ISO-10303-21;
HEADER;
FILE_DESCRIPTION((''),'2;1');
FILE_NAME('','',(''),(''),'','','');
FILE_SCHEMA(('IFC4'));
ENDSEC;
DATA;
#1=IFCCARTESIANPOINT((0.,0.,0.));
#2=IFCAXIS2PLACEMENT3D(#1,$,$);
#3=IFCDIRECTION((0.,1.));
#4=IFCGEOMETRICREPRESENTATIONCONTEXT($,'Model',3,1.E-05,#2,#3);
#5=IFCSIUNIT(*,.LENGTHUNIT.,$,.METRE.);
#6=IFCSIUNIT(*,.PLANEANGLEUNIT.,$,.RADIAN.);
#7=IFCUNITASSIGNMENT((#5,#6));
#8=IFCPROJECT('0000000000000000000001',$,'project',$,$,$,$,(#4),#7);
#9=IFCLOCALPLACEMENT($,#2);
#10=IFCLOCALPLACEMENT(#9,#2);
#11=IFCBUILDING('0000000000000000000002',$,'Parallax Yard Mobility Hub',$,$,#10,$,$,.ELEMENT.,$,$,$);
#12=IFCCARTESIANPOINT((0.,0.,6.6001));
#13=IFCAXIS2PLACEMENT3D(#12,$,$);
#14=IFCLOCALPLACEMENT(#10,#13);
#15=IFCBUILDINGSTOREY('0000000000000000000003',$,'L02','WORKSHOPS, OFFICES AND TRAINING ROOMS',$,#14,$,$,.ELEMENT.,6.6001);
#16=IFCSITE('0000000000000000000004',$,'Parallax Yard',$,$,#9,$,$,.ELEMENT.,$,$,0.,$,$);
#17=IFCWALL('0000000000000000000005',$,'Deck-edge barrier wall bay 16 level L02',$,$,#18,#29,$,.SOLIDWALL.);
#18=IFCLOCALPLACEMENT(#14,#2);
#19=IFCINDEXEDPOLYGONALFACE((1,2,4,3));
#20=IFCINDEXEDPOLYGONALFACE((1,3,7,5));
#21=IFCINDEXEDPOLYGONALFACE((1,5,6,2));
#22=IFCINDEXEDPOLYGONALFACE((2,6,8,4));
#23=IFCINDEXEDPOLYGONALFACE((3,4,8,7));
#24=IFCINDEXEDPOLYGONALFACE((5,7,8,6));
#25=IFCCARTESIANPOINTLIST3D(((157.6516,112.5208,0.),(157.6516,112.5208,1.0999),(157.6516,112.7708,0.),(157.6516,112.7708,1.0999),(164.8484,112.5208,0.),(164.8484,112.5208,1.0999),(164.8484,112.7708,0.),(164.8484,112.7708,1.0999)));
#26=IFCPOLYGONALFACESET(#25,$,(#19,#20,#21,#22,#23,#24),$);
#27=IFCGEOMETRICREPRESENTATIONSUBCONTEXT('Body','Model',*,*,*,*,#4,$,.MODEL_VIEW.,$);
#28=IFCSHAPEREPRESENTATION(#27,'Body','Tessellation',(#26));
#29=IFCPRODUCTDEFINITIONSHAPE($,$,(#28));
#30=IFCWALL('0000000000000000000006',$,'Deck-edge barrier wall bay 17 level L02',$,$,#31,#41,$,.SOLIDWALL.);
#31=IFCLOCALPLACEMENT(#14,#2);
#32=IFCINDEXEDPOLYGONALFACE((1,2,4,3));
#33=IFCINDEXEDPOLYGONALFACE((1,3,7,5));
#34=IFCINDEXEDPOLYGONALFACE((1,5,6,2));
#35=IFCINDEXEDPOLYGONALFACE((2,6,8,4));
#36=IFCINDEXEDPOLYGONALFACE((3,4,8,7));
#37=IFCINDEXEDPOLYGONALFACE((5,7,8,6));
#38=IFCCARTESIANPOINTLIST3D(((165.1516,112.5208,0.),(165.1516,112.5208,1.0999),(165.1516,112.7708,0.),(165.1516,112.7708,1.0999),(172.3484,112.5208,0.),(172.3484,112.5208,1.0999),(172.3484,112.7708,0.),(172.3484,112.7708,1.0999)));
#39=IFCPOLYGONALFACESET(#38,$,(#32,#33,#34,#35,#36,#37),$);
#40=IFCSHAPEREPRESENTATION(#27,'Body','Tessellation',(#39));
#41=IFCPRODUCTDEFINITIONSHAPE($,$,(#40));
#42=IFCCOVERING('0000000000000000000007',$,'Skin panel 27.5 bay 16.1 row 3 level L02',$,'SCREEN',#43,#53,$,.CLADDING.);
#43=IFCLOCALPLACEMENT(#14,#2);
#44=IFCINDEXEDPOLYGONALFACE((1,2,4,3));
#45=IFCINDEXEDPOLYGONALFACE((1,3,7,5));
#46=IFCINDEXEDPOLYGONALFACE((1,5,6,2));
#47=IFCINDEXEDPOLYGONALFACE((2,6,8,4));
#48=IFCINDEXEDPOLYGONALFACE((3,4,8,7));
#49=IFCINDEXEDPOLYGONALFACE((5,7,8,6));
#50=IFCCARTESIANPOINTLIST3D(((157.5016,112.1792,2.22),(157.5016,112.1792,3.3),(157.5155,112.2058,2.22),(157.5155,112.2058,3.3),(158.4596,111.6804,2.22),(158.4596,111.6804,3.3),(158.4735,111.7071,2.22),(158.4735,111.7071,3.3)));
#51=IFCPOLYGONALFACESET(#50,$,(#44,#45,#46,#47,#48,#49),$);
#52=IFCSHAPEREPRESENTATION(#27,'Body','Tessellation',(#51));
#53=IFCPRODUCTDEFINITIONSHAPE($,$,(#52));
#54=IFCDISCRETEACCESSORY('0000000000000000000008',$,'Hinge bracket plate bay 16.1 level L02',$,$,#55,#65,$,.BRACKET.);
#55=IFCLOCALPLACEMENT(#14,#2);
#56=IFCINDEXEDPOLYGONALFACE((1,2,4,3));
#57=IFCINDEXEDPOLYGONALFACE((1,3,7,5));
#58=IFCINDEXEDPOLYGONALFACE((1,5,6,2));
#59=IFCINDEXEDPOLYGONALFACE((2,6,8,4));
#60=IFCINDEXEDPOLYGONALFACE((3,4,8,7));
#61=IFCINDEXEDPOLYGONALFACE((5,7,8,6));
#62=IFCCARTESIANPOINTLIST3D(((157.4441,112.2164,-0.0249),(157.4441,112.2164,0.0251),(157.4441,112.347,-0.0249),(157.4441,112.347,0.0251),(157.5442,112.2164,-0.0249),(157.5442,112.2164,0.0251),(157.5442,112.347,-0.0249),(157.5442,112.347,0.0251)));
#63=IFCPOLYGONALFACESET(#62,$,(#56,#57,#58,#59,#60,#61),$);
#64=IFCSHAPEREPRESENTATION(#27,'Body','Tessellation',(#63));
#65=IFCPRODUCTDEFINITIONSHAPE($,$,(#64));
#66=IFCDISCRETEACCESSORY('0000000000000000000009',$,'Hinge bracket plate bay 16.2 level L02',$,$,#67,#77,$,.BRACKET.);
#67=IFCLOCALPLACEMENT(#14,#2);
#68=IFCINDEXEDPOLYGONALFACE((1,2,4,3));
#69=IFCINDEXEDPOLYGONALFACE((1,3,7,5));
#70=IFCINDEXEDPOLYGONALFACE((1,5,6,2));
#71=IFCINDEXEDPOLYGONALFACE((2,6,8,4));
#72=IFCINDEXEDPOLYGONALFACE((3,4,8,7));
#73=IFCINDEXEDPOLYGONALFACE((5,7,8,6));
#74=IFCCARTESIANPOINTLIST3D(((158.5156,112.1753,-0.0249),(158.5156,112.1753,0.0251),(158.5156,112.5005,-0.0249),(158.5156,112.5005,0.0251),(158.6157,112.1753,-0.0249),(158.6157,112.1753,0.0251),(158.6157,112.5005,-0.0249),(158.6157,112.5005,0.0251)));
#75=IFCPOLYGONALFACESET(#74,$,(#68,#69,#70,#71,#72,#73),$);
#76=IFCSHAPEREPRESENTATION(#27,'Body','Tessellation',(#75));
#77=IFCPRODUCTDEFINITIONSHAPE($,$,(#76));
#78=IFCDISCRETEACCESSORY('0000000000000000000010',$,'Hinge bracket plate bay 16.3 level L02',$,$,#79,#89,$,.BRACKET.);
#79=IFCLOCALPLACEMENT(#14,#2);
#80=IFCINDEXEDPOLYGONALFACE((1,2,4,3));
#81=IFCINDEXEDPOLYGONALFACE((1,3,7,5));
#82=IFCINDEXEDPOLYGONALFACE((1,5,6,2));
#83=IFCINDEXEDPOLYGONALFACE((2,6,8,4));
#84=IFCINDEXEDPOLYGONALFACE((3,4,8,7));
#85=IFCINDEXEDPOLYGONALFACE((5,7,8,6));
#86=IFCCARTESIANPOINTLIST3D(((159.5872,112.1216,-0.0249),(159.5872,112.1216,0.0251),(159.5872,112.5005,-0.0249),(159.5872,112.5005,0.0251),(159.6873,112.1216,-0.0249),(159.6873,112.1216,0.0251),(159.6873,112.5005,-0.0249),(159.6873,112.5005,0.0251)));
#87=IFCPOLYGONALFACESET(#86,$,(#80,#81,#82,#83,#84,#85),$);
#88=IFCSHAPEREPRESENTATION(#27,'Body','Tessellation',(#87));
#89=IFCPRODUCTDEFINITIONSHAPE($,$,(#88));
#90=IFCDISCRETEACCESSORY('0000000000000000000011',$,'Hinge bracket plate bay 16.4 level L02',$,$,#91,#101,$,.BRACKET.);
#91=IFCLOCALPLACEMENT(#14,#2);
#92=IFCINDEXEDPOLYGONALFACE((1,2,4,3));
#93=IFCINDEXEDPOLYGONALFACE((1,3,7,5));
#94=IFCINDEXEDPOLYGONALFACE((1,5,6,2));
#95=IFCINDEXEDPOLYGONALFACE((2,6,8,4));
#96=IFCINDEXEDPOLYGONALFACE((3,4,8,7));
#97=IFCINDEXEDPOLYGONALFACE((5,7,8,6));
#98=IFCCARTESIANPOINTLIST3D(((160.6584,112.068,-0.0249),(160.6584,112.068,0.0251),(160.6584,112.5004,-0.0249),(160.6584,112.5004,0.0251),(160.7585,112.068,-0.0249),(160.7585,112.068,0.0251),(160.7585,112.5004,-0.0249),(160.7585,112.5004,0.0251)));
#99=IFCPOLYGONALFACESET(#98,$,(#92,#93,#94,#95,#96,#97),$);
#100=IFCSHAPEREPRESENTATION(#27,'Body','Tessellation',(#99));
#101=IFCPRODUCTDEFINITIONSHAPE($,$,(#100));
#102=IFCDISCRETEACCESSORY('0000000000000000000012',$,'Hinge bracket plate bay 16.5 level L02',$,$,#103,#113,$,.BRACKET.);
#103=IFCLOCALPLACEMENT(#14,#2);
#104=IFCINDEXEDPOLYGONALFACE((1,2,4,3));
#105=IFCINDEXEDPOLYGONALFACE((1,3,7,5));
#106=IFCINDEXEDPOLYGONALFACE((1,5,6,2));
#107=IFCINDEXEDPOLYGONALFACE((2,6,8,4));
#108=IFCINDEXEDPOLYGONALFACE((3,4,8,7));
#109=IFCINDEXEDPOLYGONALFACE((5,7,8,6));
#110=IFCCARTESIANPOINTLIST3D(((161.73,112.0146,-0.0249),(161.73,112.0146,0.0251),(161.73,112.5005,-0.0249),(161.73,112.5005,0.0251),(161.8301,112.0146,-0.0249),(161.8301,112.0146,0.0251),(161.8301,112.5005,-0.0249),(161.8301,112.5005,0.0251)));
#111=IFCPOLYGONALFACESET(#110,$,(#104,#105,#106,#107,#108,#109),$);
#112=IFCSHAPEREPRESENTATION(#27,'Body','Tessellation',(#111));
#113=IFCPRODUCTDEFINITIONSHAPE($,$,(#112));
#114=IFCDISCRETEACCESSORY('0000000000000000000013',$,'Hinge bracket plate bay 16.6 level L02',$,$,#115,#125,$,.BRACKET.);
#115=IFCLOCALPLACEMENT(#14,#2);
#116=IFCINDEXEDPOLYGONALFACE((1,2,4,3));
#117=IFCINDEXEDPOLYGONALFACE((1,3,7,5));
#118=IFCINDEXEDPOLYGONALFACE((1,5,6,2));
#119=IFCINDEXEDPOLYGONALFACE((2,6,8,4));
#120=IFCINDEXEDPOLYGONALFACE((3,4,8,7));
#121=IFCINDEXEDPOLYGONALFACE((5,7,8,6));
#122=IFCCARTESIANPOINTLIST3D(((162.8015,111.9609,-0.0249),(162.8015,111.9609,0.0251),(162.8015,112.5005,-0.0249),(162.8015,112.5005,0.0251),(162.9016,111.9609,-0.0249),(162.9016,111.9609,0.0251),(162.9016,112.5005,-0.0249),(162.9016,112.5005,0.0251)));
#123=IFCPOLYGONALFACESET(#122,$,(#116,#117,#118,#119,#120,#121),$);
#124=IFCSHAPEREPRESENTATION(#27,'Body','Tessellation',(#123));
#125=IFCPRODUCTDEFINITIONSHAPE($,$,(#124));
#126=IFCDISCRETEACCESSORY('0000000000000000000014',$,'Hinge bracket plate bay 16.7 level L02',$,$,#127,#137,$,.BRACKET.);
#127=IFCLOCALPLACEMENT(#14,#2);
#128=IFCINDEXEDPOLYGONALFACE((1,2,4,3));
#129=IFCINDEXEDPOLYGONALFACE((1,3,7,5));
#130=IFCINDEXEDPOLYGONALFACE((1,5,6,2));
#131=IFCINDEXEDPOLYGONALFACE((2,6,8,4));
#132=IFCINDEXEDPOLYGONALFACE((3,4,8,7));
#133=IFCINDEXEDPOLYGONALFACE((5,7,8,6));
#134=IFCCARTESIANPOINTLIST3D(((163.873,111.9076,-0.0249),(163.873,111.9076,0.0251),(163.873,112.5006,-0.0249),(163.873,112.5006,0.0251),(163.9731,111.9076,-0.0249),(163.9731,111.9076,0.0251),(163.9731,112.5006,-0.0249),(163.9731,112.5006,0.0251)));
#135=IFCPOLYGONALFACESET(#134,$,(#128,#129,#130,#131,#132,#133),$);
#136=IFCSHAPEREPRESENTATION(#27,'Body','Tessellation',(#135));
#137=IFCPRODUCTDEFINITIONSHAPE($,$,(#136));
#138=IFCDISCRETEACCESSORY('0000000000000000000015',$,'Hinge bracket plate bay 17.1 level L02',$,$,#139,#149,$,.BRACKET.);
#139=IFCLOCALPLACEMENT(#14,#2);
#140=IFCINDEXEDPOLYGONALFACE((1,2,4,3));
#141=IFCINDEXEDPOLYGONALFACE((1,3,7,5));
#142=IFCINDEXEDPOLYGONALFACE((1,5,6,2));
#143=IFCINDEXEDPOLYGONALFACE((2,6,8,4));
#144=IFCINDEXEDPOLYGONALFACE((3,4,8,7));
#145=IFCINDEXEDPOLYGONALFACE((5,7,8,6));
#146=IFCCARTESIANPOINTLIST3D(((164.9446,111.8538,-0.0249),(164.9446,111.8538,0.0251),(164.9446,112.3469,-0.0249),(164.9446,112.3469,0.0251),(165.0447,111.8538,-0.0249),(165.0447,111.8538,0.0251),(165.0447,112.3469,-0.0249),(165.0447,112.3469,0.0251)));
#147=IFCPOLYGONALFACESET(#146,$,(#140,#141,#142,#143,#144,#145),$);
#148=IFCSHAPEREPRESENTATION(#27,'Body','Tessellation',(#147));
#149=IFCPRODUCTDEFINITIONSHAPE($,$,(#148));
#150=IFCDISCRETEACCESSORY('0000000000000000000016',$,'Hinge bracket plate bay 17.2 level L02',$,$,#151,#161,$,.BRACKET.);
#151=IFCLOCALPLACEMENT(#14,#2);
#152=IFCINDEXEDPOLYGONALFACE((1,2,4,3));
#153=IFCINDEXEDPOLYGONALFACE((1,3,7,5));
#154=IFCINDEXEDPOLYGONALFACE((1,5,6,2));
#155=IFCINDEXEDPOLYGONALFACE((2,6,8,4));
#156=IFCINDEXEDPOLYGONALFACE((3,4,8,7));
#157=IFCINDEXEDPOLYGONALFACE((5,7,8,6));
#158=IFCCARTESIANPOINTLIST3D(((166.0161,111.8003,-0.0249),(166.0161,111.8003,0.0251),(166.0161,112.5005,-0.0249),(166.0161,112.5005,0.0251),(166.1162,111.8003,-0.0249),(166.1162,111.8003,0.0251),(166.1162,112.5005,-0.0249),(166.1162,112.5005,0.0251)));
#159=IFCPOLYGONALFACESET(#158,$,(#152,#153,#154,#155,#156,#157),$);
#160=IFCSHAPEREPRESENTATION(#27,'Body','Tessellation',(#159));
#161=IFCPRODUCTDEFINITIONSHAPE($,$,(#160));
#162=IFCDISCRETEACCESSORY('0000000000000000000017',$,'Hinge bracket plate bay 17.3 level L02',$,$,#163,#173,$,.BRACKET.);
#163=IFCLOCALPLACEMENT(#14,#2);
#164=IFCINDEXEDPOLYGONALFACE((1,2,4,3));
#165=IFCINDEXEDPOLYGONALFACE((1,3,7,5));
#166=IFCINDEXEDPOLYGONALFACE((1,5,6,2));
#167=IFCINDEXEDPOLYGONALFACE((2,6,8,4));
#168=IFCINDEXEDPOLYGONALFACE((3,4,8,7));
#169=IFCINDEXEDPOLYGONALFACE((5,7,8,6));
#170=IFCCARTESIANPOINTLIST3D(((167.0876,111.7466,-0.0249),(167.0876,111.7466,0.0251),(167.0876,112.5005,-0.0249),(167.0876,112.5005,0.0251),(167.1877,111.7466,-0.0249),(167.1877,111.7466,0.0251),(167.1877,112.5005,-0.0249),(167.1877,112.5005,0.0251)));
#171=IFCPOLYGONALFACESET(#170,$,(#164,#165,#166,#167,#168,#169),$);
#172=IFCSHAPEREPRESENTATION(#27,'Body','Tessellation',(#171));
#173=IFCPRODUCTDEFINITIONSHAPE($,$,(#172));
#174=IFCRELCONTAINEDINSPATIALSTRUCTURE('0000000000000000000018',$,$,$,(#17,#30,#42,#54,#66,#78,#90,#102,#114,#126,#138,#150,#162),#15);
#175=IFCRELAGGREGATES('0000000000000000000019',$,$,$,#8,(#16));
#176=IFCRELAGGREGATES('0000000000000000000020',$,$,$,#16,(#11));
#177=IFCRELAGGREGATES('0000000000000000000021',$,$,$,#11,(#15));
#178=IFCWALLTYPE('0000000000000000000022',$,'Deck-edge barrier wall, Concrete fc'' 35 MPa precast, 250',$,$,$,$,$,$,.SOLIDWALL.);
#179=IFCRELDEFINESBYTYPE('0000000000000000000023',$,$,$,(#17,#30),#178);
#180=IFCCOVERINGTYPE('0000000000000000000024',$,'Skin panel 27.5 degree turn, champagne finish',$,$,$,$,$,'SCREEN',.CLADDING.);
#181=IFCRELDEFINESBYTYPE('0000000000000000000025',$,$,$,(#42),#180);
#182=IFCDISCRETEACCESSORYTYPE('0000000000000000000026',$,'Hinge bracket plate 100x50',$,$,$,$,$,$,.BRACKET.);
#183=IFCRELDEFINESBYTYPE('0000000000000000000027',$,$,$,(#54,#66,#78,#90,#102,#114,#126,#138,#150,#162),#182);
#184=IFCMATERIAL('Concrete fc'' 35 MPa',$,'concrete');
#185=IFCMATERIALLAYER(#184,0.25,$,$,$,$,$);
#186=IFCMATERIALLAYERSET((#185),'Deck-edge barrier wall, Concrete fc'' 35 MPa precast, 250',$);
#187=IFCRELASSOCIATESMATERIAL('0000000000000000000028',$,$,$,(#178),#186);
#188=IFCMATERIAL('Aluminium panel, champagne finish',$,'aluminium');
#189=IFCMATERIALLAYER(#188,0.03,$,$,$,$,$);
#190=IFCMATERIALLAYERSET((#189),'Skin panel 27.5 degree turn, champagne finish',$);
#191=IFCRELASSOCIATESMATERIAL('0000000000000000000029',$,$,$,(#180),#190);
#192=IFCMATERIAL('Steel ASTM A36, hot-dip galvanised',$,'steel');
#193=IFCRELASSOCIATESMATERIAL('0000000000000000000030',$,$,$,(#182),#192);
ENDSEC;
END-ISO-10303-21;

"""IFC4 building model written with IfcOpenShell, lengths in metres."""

from ifc_helpers import new_model, si_unit, direction, frame, frame_2d, origin, origin_2d, place, context, subcontext, project, spatial, rectangle, extrude, material, layer, layer_set, type_object, element, save


model = new_model("IFC4")

# Units and contexts
model_context = context("Model", 3, precision=1e-05, world=origin(), true_north=direction((0.0, 1.0)))
body_context = subcontext(model_context, "Body", "Model", "MODEL_VIEW")
ifc_project = project(units=[si_unit("LENGTHUNIT", "METRE"), si_unit("PLANEANGLEUNIT", "RADIAN")], contexts=[model_context])

# Site, building, storey
site_placement = place(None, origin())
site = spatial("IfcSite", under=ifc_project, at=site_placement, Name="Parallax Yard", CompositionType="ELEMENT", RefElevation=0.0)
building_placement = place(site_placement, origin())
building = spatial("IfcBuilding", under=site, at=building_placement, Name="Parallax Yard Mobility Hub", CompositionType="ELEMENT")
storey_placement = place(building_placement, frame((0.0, 0.0, 6.6001)))
storey = spatial("IfcBuildingStorey", under=building, at=storey_placement, Name="L02", Description="WORKSHOPS, OFFICES AND TRAINING ROOMS", CompositionType="ELEMENT", Elevation=6.6001)

# Walls
ifc_material_1 = material(Name="Concrete fc' 35 MPa", Category="concrete")
ifc_layer_1 = layer(ifc_material_1, 0.25)
ifc_layer_set_1 = layer_set([ifc_layer_1], Name="Deck-edge barrier wall, Concrete fc' 35 MPa precast, 250")
wall_type = type_object("IfcWallType", Name="Deck-edge barrier wall, Concrete fc' 35 MPa precast, 250", PredefinedType="SOLIDWALL", material=ifc_layer_set_1)
for number, where, z_axis, x_axis, name in (
    (1, (157.6516, 112.6458, 0.0), (0.0, 0.0, 1.0), (1.0, 0.0, 0.0), "Deck-edge barrier wall bay 16 level L02"),
    (2, (165.1516, 112.6458, 0.0), (0.0, 0.0, 1.0), (1.0, 0.0, 0.0), "Deck-edge barrier wall bay 17 level L02"),
):
    element("IfcWall", number, at=place(storey_placement, frame(where, z_axis=z_axis, x_axis=x_axis)), inside=storey, type_object=wall_type, Name=name, PredefinedType="SOLIDWALL", context=body_context, shape_type="SweptSolid", body=[
        extrude(rectangle(XDim=7.1968, YDim=0.25, at=frame_2d((3.5984, 0.0))), origin(), (0.0, 0.0, 1.0), 1.0999),
    ])

# Covering
ifc_material_2 = material(Name="Aluminium panel, champagne finish", Category="aluminium")
ifc_layer_2 = layer(ifc_material_2, 0.03)
ifc_layer_set_2 = layer_set([ifc_layer_2], Name="Skin panel 27.5 degree turn, champagne finish")
covering_type = type_object("IfcCoveringType", Name="Skin panel 27.5 degree turn, champagne finish", ElementType="SCREEN", PredefinedType="CLADDING", material=ifc_layer_set_2)
covering_placement = place(storey_placement, frame((157.9875, 111.9431, 2.22), z_axis=(0.0, 0.0, 1.0), x_axis=(0.887011, -0.461749, 0.0)))
element("IfcCovering", 3, at=covering_placement, inside=storey, type_object=covering_type, Name="Skin panel 27.5 bay 16.1 row 3 level L02", ObjectType="SCREEN", PredefinedType="CLADDING", context=body_context, shape_type="SweptSolid", body=[
    extrude(rectangle(XDim=1.0801, YDim=0.03, at=origin_2d()), origin(), (0.0, 0.0, 1.0), 1.0801),
])

# Discrete accessories
ifc_material_3 = material(Name="Steel ASTM A36, hot-dip galvanised", Category="steel")
discrete_accessory_type_1 = type_object("IfcDiscreteAccessoryType", Name="Hinge bracket plate 100x50", PredefinedType="BRACKET", material=ifc_material_3)
discrete_accessory_1_placement = place(storey_placement, frame((157.4941, 112.2817, -0.0249), z_axis=(0.0, 0.0, 1.0), x_axis=(0.0, -1.0, 0.0)))
element("IfcDiscreteAccessory", 4, at=discrete_accessory_1_placement, inside=storey, type_object=discrete_accessory_type_1, Name="Hinge bracket plate bay 16.1 level L02", PredefinedType="BRACKET", context=body_context, shape_type="SweptSolid", body=[
    extrude(rectangle(XDim=0.1306, YDim=0.1001, at=origin_2d()), origin(), (0.0, 0.0, 1.0), 0.05),
])
discrete_accessory_2_placement = place(storey_placement, frame((158.5657, 112.3379, -0.0249), z_axis=(0.0, 0.0, 1.0), x_axis=(0.0, -1.0, 0.0)))
element("IfcDiscreteAccessory", 5, at=discrete_accessory_2_placement, inside=storey, type_object=discrete_accessory_type_1, Name="Hinge bracket plate bay 16.2 level L02", PredefinedType="BRACKET", context=body_context, shape_type="SweptSolid", body=[
    extrude(rectangle(XDim=0.3252, YDim=0.1001, at=origin_2d()), origin(), (0.0, 0.0, 1.0), 0.05),
])
discrete_accessory_3_placement = place(storey_placement, frame((159.6372, 112.311, -0.0249), z_axis=(0.0, 0.0, 1.0), x_axis=(0.0, -1.0, 0.0)))
element("IfcDiscreteAccessory", 6, at=discrete_accessory_3_placement, inside=storey, type_object=discrete_accessory_type_1, Name="Hinge bracket plate bay 16.3 level L02", PredefinedType="BRACKET", context=body_context, shape_type="SweptSolid", body=[
    extrude(rectangle(XDim=0.3789, YDim=0.1001, at=origin_2d()), origin(), (0.0, 0.0, 1.0), 0.05),
])
discrete_accessory_4_placement = place(storey_placement, frame((160.7085, 112.2842, -0.0249), z_axis=(0.0, 0.0, 1.0), x_axis=(0.0, -1.0, 0.0)))
element("IfcDiscreteAccessory", 7, at=discrete_accessory_4_placement, inside=storey, type_object=discrete_accessory_type_1, Name="Hinge bracket plate bay 16.4 level L02", PredefinedType="BRACKET", context=body_context, shape_type="SweptSolid", body=[
    extrude(rectangle(XDim=0.4324, YDim=0.1001, at=origin_2d()), origin(), (0.0, 0.0, 1.0), 0.05),
])
discrete_accessory_5_placement = place(storey_placement, frame((161.78, 112.2576, -0.0249), z_axis=(0.0, 0.0, 1.0), x_axis=(0.0, -1.0, 0.0)))
element("IfcDiscreteAccessory", 8, at=discrete_accessory_5_placement, inside=storey, type_object=discrete_accessory_type_1, Name="Hinge bracket plate bay 16.5 level L02", PredefinedType="BRACKET", context=body_context, shape_type="SweptSolid", body=[
    extrude(rectangle(XDim=0.4858, YDim=0.1001, at=origin_2d()), origin(), (0.0, 0.0, 1.0), 0.05),
])
discrete_accessory_6_placement = place(storey_placement, frame((162.8516, 112.2307, -0.0249), z_axis=(0.0, 0.0, 1.0), x_axis=(0.0, -1.0, 0.0)))
element("IfcDiscreteAccessory", 9, at=discrete_accessory_6_placement, inside=storey, type_object=discrete_accessory_type_1, Name="Hinge bracket plate bay 16.6 level L02", PredefinedType="BRACKET", context=body_context, shape_type="SweptSolid", body=[
    extrude(rectangle(XDim=0.5396, YDim=0.1001, at=origin_2d()), origin(), (0.0, 0.0, 1.0), 0.05),
])
discrete_accessory_7_placement = place(storey_placement, frame((163.9231, 112.2041, -0.0249), z_axis=(0.0, 0.0, 1.0), x_axis=(0.0, -1.0, 0.0)))
element("IfcDiscreteAccessory", 10, at=discrete_accessory_7_placement, inside=storey, type_object=discrete_accessory_type_1, Name="Hinge bracket plate bay 16.7 level L02", PredefinedType="BRACKET", context=body_context, shape_type="SweptSolid", body=[
    extrude(rectangle(XDim=0.593, YDim=0.1001, at=origin_2d()), origin(), (0.0, 0.0, 1.0), 0.05),
])
discrete_accessory_8_placement = place(storey_placement, frame((164.9946, 112.1003, -0.0249), z_axis=(0.0, 0.0, 1.0), x_axis=(0.0, -1.0, 0.0)))
element("IfcDiscreteAccessory", 11, at=discrete_accessory_8_placement, inside=storey, type_object=discrete_accessory_type_1, Name="Hinge bracket plate bay 17.1 level L02", PredefinedType="BRACKET", context=body_context, shape_type="SweptSolid", body=[
    extrude(rectangle(XDim=0.4932, YDim=0.1001, at=origin_2d()), origin(), (0.0, 0.0, 1.0), 0.05),
])
discrete_accessory_9_placement = place(storey_placement, frame((166.0662, 112.1504, -0.0249), z_axis=(0.0, 0.0, 1.0), x_axis=(0.0, -1.0, 0.0)))
element("IfcDiscreteAccessory", 12, at=discrete_accessory_9_placement, inside=storey, type_object=discrete_accessory_type_1, Name="Hinge bracket plate bay 17.2 level L02", PredefinedType="BRACKET", context=body_context, shape_type="SweptSolid", body=[
    extrude(rectangle(XDim=0.7002, YDim=0.1001, at=origin_2d()), origin(), (0.0, 0.0, 1.0), 0.05),
])
discrete_accessory_10_placement = place(storey_placement, frame((167.1377, 112.1235, -0.0249), z_axis=(0.0, 0.0, 1.0), x_axis=(0.0, -1.0, 0.0)))
element("IfcDiscreteAccessory", 13, at=discrete_accessory_10_placement, inside=storey, type_object=discrete_accessory_type_1, Name="Hinge bracket plate bay 17.3 level L02", PredefinedType="BRACKET", context=body_context, shape_type="SweptSolid", body=[
    extrude(rectangle(XDim=0.7539, YDim=0.1001, at=origin_2d()), origin(), (0.0, 0.0, 1.0), 0.05),
])

save(model, "model.ifc")
